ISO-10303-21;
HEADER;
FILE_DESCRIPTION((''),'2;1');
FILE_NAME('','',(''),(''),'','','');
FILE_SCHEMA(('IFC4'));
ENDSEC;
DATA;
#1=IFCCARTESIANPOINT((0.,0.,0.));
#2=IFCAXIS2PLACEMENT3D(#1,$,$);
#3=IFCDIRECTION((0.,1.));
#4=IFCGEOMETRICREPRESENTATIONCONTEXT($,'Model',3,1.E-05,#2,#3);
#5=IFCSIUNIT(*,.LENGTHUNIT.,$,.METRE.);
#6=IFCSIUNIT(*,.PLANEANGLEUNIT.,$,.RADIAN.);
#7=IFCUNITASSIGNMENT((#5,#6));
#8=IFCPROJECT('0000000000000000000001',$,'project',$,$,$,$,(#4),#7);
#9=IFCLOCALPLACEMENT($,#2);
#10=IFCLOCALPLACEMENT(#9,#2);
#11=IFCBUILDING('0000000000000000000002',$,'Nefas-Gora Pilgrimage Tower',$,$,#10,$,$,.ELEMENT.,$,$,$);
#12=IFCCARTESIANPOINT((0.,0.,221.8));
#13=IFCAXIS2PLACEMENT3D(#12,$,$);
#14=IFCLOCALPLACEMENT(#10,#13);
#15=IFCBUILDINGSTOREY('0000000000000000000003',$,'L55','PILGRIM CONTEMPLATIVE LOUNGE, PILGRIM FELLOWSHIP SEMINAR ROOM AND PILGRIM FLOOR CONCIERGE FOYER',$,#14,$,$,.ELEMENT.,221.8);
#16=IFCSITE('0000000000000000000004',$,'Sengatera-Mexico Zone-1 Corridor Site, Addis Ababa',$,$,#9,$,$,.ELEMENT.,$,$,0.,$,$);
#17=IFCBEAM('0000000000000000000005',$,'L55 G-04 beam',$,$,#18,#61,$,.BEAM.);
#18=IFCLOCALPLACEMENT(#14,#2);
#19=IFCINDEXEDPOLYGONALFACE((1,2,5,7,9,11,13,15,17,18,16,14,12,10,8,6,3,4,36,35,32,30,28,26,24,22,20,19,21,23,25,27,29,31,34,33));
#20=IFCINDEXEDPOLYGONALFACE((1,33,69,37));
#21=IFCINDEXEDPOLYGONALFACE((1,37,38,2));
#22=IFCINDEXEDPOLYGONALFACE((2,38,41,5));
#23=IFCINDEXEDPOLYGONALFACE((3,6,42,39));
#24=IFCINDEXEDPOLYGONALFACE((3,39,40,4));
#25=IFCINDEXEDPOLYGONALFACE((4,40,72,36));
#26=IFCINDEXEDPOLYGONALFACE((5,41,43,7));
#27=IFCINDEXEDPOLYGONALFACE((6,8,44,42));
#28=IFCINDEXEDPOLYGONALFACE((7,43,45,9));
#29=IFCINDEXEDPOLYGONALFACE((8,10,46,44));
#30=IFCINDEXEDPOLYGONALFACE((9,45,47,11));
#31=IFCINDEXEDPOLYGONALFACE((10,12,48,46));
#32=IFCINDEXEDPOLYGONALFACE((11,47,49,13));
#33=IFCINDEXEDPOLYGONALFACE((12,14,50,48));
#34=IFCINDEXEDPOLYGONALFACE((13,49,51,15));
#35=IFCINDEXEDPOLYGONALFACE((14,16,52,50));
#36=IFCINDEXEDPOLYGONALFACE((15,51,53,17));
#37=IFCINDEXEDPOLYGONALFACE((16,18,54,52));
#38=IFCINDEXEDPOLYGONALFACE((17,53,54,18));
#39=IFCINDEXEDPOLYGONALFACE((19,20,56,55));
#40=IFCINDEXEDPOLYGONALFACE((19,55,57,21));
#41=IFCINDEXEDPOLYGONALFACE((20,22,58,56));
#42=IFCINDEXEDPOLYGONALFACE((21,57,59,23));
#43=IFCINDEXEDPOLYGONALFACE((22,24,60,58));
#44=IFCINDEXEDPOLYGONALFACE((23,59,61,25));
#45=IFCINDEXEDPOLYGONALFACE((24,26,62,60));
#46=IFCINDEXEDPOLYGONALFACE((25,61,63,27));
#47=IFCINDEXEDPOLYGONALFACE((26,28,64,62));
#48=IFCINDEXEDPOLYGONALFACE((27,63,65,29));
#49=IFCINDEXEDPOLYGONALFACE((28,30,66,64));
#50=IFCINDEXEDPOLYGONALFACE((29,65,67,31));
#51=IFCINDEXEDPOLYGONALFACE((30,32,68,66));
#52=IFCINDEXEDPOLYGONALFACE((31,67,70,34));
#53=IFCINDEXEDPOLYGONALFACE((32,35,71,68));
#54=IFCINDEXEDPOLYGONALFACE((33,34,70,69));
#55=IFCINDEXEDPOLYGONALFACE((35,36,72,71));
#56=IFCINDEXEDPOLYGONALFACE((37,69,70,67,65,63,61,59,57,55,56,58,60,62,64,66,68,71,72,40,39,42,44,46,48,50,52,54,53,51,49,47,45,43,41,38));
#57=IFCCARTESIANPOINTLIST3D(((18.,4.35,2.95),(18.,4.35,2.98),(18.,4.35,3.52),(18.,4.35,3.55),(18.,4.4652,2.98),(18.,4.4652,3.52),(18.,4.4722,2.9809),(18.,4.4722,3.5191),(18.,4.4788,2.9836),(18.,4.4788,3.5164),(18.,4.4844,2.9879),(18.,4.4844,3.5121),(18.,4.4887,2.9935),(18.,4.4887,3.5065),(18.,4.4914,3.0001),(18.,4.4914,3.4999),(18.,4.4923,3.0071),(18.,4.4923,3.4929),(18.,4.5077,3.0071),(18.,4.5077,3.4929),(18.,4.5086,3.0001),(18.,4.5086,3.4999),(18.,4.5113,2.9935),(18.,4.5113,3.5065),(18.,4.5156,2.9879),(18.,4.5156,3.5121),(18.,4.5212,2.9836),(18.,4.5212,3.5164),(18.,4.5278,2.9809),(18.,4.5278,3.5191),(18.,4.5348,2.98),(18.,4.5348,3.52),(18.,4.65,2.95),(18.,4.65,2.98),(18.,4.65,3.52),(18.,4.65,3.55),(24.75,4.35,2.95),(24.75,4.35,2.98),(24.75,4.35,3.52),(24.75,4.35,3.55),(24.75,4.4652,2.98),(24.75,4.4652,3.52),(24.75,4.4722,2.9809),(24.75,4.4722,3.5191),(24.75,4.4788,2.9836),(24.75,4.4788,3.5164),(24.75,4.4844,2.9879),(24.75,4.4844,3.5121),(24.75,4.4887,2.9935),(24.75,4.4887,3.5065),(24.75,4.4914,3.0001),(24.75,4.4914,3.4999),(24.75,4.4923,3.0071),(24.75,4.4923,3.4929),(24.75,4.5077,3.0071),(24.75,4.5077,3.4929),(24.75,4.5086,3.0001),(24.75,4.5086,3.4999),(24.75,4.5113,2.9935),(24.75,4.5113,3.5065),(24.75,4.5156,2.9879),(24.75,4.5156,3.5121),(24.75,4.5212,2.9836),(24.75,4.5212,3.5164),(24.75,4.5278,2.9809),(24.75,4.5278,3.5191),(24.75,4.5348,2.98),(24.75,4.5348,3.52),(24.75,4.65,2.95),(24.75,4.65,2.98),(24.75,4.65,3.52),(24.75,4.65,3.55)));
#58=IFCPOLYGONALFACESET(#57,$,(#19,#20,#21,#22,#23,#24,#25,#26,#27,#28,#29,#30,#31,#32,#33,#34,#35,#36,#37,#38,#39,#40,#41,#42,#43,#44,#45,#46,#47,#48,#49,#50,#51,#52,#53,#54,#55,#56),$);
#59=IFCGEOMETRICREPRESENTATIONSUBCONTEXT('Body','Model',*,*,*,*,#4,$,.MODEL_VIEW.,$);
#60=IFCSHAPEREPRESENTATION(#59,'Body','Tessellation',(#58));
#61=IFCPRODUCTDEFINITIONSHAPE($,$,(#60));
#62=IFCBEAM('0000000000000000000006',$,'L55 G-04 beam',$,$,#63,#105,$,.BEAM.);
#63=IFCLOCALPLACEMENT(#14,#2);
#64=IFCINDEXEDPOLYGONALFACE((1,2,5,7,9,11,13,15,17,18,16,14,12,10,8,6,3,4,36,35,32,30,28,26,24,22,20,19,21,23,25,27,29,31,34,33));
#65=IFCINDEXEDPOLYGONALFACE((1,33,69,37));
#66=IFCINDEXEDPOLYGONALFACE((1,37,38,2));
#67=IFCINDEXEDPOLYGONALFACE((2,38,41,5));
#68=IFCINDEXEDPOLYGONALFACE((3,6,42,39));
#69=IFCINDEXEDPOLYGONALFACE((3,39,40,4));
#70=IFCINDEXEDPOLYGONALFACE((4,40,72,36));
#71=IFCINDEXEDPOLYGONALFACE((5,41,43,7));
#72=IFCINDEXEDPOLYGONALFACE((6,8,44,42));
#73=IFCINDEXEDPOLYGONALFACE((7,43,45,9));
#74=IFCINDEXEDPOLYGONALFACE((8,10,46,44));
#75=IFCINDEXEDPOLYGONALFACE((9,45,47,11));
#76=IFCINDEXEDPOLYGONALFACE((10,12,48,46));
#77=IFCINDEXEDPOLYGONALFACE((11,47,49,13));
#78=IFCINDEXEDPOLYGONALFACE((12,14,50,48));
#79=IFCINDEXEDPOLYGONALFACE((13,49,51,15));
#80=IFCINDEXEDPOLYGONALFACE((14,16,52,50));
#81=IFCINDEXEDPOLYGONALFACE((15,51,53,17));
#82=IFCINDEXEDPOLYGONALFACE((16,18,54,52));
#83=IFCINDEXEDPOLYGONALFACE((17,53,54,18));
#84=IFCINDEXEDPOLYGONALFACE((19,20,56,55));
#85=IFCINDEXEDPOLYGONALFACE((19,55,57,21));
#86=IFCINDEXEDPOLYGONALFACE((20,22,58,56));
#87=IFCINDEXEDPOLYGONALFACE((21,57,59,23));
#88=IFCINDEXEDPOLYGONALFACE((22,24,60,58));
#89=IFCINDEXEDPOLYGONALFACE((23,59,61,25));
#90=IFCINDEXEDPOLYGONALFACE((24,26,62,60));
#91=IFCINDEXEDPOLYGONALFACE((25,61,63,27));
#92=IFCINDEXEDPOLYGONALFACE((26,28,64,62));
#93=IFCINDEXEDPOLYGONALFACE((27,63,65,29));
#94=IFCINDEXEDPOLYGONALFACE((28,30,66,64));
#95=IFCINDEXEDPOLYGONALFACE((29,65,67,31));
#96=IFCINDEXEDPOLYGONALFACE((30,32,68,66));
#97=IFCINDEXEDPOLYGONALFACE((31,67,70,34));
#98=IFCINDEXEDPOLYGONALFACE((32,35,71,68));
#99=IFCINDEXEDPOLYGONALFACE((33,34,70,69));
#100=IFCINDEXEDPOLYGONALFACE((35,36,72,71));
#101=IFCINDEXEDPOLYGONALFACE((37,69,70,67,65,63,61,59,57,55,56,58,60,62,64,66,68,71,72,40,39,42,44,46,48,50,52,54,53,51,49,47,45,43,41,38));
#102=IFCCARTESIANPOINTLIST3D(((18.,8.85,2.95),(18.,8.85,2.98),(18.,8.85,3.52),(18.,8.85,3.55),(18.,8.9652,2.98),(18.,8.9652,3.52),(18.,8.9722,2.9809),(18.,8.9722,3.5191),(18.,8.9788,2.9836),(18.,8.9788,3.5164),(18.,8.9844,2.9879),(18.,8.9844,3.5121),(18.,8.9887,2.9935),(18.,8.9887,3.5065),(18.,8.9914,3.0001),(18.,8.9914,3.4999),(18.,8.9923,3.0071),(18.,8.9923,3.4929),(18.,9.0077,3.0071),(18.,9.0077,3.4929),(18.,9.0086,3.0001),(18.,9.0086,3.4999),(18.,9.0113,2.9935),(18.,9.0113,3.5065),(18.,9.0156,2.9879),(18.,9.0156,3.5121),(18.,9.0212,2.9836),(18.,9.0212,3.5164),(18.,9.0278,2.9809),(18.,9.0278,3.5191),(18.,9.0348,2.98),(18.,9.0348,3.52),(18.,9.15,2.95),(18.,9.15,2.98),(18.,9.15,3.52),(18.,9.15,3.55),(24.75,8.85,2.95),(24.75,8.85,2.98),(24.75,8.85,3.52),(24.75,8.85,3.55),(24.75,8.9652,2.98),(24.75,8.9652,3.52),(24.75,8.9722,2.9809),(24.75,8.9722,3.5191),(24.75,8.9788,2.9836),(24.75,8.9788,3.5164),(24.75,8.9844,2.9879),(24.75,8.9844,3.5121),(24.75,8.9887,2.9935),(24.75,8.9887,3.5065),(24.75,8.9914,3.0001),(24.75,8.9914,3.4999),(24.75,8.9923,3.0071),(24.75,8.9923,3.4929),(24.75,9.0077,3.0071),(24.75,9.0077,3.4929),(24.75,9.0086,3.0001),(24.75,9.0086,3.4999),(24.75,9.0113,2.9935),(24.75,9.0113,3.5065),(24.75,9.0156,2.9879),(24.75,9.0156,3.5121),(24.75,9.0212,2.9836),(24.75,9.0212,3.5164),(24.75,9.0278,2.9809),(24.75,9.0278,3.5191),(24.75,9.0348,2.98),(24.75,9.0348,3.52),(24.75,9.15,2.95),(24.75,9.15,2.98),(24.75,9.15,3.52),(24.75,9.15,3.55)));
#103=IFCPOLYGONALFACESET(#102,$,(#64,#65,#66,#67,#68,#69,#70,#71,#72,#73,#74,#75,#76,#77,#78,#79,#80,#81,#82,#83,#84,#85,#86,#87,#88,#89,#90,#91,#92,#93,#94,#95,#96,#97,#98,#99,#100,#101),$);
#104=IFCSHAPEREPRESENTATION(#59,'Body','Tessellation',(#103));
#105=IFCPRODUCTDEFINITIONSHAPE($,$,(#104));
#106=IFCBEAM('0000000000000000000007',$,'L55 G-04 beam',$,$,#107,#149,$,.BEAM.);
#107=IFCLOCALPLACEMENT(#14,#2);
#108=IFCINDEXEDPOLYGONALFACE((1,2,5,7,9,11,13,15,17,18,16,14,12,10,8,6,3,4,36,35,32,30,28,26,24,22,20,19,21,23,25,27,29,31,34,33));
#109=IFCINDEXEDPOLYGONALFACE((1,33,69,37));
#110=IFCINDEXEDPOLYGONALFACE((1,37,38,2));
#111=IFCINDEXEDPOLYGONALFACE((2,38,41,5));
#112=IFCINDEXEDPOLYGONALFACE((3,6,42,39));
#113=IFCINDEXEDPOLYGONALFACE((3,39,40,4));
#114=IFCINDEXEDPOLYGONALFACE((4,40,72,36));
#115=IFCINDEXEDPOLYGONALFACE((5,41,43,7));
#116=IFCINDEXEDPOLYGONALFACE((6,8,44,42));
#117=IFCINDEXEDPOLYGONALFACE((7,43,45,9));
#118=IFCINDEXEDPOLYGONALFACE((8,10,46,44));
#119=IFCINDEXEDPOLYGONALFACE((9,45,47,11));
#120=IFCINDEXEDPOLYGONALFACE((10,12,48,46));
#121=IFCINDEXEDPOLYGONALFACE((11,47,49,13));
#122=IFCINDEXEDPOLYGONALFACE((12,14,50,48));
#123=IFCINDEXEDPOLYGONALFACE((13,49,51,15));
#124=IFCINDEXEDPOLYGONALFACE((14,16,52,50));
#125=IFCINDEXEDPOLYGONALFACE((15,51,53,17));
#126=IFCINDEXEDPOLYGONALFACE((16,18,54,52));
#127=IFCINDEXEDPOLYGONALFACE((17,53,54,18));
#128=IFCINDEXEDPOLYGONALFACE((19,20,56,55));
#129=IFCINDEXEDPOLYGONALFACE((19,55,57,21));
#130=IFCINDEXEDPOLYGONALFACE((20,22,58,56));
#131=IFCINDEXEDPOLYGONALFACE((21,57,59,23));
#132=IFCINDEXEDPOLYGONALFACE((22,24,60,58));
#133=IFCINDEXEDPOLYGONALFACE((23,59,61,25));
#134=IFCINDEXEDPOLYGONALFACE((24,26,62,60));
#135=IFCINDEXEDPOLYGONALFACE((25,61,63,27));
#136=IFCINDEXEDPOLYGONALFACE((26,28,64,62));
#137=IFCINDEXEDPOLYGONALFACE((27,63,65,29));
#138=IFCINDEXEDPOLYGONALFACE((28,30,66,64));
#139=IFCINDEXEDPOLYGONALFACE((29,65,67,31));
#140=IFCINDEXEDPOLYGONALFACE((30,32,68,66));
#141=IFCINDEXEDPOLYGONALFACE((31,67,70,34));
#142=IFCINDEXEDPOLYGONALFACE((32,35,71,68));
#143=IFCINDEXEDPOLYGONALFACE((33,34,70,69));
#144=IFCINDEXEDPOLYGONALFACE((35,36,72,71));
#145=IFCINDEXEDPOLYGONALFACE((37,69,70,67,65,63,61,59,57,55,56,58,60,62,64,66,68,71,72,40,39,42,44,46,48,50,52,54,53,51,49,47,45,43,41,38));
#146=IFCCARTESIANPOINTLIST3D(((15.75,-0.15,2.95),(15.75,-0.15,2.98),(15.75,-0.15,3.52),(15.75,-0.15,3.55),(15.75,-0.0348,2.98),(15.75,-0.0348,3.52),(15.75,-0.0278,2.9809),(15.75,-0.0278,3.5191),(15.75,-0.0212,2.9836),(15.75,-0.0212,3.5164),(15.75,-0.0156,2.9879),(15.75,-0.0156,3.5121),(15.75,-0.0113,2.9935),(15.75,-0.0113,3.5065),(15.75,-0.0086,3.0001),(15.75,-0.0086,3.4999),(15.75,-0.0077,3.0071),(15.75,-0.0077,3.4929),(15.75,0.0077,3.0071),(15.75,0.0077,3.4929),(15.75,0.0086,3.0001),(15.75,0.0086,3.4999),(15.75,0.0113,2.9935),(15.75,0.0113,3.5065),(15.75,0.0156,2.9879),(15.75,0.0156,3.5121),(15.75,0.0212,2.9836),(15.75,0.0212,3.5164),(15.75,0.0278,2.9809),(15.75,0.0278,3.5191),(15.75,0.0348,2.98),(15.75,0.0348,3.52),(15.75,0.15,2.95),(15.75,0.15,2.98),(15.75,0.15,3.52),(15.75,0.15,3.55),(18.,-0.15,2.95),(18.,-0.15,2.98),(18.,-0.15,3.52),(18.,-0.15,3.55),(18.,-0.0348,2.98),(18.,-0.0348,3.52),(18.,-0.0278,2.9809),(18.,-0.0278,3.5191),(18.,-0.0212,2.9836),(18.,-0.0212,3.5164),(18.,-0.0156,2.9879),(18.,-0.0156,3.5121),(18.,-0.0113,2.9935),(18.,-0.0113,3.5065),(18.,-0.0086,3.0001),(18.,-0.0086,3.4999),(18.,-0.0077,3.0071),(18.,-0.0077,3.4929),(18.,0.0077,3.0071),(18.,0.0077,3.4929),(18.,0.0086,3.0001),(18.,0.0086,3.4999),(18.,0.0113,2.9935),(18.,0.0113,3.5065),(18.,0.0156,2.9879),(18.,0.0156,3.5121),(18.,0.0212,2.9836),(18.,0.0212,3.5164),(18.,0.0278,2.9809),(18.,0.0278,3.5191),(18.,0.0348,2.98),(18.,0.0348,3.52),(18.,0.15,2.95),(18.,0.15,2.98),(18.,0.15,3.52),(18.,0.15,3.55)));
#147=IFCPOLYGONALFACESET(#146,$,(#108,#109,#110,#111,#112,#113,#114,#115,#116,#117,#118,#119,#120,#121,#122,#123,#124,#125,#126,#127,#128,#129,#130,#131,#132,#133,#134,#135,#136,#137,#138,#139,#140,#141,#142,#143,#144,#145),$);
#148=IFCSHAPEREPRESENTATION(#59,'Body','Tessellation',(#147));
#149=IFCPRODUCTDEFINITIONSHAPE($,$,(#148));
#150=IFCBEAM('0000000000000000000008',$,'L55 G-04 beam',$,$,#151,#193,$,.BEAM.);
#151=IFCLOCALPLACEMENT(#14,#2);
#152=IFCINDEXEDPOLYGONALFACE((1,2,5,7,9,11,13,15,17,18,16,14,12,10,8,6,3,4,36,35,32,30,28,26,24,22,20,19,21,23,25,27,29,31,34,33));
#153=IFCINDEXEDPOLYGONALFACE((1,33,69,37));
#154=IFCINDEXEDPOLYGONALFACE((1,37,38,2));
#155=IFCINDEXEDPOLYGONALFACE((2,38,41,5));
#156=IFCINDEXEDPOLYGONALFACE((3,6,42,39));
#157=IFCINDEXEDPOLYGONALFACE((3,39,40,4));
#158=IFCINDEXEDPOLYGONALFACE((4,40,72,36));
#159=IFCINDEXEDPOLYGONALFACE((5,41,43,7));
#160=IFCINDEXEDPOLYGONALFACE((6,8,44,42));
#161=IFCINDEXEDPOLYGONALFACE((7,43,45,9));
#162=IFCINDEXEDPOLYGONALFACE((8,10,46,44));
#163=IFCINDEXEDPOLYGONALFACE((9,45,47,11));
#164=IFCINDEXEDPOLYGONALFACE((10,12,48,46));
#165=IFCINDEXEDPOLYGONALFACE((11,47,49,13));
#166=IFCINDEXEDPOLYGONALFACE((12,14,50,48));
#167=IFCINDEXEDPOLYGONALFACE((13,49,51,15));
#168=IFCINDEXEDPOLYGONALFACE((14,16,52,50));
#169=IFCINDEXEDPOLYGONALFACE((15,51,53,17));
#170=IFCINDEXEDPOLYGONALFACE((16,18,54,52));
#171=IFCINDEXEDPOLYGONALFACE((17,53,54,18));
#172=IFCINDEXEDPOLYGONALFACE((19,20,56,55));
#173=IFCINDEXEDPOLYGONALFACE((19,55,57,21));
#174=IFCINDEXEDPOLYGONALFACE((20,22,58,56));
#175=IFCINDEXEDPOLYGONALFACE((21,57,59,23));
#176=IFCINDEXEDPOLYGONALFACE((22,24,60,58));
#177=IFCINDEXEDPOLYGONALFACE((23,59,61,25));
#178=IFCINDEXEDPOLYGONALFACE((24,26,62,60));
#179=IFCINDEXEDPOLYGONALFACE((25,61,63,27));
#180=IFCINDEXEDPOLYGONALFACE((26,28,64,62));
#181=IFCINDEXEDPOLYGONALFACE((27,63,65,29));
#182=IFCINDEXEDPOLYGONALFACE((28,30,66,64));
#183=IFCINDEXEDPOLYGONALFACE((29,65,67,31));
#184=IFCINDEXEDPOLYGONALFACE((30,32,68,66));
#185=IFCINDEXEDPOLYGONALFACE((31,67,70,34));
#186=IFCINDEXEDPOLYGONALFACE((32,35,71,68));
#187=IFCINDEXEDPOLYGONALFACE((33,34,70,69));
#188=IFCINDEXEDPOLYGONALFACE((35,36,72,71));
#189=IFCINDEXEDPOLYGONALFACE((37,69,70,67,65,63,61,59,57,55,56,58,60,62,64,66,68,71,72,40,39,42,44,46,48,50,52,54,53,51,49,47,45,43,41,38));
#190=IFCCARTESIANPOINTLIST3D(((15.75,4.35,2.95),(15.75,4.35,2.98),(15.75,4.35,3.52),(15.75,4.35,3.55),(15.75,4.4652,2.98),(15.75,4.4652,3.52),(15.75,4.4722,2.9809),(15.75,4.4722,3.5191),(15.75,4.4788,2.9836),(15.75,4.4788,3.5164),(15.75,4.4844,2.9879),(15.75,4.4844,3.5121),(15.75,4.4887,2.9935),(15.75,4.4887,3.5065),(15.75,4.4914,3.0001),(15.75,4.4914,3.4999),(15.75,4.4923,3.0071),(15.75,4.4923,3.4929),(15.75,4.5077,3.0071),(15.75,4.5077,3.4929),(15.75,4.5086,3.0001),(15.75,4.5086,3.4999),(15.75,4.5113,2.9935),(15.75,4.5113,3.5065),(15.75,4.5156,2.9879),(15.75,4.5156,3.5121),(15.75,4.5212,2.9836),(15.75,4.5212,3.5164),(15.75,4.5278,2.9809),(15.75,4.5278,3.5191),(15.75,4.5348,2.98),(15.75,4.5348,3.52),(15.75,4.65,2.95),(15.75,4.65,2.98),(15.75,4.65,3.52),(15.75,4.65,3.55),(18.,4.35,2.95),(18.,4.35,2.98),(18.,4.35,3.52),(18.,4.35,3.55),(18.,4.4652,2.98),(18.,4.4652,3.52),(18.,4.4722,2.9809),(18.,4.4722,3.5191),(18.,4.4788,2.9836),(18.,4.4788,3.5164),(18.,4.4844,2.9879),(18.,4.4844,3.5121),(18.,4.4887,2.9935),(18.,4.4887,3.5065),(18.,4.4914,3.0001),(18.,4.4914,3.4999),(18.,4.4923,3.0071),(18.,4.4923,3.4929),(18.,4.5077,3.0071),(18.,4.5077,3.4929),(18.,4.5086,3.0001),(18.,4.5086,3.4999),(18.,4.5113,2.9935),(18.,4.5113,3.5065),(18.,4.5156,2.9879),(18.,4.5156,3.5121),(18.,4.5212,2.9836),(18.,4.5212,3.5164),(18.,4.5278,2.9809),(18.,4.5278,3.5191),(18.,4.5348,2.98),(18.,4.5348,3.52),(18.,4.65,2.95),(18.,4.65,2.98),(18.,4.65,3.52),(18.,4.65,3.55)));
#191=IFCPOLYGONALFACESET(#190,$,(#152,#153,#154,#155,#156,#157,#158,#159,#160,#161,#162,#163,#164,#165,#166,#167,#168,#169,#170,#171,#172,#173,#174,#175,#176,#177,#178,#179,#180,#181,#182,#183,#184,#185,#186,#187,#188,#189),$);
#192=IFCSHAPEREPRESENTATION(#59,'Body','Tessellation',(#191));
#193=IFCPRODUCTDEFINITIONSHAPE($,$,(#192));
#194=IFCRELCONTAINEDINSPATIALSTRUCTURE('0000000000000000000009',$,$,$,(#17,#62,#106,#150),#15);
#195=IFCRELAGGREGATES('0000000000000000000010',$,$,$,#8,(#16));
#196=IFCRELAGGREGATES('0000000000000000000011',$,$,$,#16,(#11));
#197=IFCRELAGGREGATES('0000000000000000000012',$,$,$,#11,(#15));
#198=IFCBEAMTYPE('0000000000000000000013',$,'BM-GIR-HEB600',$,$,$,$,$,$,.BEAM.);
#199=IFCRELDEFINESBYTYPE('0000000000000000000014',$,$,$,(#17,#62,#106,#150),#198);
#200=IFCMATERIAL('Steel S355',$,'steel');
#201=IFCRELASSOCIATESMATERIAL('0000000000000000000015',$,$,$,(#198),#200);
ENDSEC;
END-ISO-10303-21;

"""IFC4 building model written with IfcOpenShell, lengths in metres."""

from ifc_helpers import new_model, si_unit, direction, frame, origin, origin_2d, place, context, subcontext, project, spatial, i_section, extrude, source, transform, mapped, material, material_profile, profile_set, type_object, element, save


model = new_model("IFC4")

# Units and contexts
model_context = context("Model", 3, precision=1e-05, world=origin(), true_north=direction((0.0, 1.0)))
body_context = subcontext(model_context, "Body", "Model", "MODEL_VIEW")
ifc_project = project(units=[si_unit("LENGTHUNIT", "METRE"), si_unit("PLANEANGLEUNIT", "RADIAN")], contexts=[model_context])

# Site, building, storey
site_placement = place(None, origin())
site = spatial("IfcSite", under=ifc_project, at=site_placement, Name="Sengatera-Mexico Zone-1 Corridor Site, Addis Ababa", CompositionType="ELEMENT", RefElevation=0.0)
building_placement = place(site_placement, origin())
building = spatial("IfcBuilding", under=site, at=building_placement, Name="Nefas-Gora Pilgrimage Tower", CompositionType="ELEMENT")
storey_placement = place(building_placement, frame((0.0, 0.0, 221.8)))
storey = spatial("IfcBuildingStorey", under=building, at=storey_placement, Name="L55", Description="PILGRIM CONTEMPLATIVE LOUNGE, PILGRIM FELLOWSHIP SEMINAR ROOM AND PILGRIM FLOOR CONCIERGE FOYER", CompositionType="ELEMENT", Elevation=221.8)

# Beams
ifc_material_1 = material(Name="Steel S355", Category="steel")
ifc_material_profile_1 = material_profile(ifc_material_1, i_section(OverallWidth=0.3, OverallDepth=0.6001, WebThickness=0.0154, FlangeThickness=0.03, FilletRadius=0.0271, at=origin_2d()), Name="HEB 600")
ifc_profile_set_1 = profile_set([ifc_material_profile_1], Name="Steel S355")
beam_type_1 = type_object("IfcBeamType", Name="BM-GIR-HEB600", PredefinedType="BEAM", material=ifc_profile_set_1)
shared_shape_1 = source(origin(), body_context, "Body", "SweptSolid", [
    extrude(i_section(OverallWidth=0.3, OverallDepth=0.6001, WebThickness=0.0154, FlangeThickness=0.03, FilletRadius=0.0271, at=origin_2d()), origin(), (0.0, 0.0, 1.0), 6.75),
])
for number, where, z_axis, x_axis, name in (
    (1, (18.0, 4.5, 3.25), (1.0, 0.0, 0.0), (0.0, 1.0, 0.0), "L55 G-04 beam"),
    (2, (18.0, 9.0, 3.25), (1.0, 0.0, 0.0), (0.0, 1.0, 0.0), "L55 G-04 beam"),
):
    element("IfcBeam", number, at=place(storey_placement, frame(where, z_axis=z_axis, x_axis=x_axis)), inside=storey, type_object=beam_type_1, Name=name, PredefinedType="BEAM", context=body_context, shape_type="MappedRepresentation", body=[
        mapped(shared_shape_1, transform((0.0, 0.0, 0.0), x_axis=(1.0, 0.0, 0.0), y_axis=(0.0, 1.0, 0.0), z_axis=(0.0, 0.0, 1.0), scale=1.0)),
    ])
shared_shape_2 = source(origin(), body_context, "Body", "SweptSolid", [
    extrude(i_section(OverallWidth=0.3, OverallDepth=0.6001, WebThickness=0.0154, FlangeThickness=0.03, FilletRadius=0.0271, at=origin_2d()), origin(), (0.0, 0.0, 1.0), 2.25),
])
for number, where, z_axis, x_axis, name in (
    (3, (15.75, 0.0, 3.25), (1.0, 0.0, 0.0), (0.0, 1.0, 0.0), "L55 G-04 beam"),
    (4, (15.75, 4.5, 3.25), (1.0, 0.0, 0.0), (0.0, 1.0, 0.0), "L55 G-04 beam"),
):
    element("IfcBeam", number, at=place(storey_placement, frame(where, z_axis=z_axis, x_axis=x_axis)), inside=storey, type_object=beam_type_1, Name=name, PredefinedType="BEAM", context=body_context, shape_type="MappedRepresentation", body=[
        mapped(shared_shape_2, transform((0.0, 0.0, 0.0), x_axis=(1.0, 0.0, 0.0), y_axis=(0.0, 1.0, 0.0), z_axis=(0.0, 0.0, 1.0), scale=1.0)),
    ])

save(model, "model.ifc")
